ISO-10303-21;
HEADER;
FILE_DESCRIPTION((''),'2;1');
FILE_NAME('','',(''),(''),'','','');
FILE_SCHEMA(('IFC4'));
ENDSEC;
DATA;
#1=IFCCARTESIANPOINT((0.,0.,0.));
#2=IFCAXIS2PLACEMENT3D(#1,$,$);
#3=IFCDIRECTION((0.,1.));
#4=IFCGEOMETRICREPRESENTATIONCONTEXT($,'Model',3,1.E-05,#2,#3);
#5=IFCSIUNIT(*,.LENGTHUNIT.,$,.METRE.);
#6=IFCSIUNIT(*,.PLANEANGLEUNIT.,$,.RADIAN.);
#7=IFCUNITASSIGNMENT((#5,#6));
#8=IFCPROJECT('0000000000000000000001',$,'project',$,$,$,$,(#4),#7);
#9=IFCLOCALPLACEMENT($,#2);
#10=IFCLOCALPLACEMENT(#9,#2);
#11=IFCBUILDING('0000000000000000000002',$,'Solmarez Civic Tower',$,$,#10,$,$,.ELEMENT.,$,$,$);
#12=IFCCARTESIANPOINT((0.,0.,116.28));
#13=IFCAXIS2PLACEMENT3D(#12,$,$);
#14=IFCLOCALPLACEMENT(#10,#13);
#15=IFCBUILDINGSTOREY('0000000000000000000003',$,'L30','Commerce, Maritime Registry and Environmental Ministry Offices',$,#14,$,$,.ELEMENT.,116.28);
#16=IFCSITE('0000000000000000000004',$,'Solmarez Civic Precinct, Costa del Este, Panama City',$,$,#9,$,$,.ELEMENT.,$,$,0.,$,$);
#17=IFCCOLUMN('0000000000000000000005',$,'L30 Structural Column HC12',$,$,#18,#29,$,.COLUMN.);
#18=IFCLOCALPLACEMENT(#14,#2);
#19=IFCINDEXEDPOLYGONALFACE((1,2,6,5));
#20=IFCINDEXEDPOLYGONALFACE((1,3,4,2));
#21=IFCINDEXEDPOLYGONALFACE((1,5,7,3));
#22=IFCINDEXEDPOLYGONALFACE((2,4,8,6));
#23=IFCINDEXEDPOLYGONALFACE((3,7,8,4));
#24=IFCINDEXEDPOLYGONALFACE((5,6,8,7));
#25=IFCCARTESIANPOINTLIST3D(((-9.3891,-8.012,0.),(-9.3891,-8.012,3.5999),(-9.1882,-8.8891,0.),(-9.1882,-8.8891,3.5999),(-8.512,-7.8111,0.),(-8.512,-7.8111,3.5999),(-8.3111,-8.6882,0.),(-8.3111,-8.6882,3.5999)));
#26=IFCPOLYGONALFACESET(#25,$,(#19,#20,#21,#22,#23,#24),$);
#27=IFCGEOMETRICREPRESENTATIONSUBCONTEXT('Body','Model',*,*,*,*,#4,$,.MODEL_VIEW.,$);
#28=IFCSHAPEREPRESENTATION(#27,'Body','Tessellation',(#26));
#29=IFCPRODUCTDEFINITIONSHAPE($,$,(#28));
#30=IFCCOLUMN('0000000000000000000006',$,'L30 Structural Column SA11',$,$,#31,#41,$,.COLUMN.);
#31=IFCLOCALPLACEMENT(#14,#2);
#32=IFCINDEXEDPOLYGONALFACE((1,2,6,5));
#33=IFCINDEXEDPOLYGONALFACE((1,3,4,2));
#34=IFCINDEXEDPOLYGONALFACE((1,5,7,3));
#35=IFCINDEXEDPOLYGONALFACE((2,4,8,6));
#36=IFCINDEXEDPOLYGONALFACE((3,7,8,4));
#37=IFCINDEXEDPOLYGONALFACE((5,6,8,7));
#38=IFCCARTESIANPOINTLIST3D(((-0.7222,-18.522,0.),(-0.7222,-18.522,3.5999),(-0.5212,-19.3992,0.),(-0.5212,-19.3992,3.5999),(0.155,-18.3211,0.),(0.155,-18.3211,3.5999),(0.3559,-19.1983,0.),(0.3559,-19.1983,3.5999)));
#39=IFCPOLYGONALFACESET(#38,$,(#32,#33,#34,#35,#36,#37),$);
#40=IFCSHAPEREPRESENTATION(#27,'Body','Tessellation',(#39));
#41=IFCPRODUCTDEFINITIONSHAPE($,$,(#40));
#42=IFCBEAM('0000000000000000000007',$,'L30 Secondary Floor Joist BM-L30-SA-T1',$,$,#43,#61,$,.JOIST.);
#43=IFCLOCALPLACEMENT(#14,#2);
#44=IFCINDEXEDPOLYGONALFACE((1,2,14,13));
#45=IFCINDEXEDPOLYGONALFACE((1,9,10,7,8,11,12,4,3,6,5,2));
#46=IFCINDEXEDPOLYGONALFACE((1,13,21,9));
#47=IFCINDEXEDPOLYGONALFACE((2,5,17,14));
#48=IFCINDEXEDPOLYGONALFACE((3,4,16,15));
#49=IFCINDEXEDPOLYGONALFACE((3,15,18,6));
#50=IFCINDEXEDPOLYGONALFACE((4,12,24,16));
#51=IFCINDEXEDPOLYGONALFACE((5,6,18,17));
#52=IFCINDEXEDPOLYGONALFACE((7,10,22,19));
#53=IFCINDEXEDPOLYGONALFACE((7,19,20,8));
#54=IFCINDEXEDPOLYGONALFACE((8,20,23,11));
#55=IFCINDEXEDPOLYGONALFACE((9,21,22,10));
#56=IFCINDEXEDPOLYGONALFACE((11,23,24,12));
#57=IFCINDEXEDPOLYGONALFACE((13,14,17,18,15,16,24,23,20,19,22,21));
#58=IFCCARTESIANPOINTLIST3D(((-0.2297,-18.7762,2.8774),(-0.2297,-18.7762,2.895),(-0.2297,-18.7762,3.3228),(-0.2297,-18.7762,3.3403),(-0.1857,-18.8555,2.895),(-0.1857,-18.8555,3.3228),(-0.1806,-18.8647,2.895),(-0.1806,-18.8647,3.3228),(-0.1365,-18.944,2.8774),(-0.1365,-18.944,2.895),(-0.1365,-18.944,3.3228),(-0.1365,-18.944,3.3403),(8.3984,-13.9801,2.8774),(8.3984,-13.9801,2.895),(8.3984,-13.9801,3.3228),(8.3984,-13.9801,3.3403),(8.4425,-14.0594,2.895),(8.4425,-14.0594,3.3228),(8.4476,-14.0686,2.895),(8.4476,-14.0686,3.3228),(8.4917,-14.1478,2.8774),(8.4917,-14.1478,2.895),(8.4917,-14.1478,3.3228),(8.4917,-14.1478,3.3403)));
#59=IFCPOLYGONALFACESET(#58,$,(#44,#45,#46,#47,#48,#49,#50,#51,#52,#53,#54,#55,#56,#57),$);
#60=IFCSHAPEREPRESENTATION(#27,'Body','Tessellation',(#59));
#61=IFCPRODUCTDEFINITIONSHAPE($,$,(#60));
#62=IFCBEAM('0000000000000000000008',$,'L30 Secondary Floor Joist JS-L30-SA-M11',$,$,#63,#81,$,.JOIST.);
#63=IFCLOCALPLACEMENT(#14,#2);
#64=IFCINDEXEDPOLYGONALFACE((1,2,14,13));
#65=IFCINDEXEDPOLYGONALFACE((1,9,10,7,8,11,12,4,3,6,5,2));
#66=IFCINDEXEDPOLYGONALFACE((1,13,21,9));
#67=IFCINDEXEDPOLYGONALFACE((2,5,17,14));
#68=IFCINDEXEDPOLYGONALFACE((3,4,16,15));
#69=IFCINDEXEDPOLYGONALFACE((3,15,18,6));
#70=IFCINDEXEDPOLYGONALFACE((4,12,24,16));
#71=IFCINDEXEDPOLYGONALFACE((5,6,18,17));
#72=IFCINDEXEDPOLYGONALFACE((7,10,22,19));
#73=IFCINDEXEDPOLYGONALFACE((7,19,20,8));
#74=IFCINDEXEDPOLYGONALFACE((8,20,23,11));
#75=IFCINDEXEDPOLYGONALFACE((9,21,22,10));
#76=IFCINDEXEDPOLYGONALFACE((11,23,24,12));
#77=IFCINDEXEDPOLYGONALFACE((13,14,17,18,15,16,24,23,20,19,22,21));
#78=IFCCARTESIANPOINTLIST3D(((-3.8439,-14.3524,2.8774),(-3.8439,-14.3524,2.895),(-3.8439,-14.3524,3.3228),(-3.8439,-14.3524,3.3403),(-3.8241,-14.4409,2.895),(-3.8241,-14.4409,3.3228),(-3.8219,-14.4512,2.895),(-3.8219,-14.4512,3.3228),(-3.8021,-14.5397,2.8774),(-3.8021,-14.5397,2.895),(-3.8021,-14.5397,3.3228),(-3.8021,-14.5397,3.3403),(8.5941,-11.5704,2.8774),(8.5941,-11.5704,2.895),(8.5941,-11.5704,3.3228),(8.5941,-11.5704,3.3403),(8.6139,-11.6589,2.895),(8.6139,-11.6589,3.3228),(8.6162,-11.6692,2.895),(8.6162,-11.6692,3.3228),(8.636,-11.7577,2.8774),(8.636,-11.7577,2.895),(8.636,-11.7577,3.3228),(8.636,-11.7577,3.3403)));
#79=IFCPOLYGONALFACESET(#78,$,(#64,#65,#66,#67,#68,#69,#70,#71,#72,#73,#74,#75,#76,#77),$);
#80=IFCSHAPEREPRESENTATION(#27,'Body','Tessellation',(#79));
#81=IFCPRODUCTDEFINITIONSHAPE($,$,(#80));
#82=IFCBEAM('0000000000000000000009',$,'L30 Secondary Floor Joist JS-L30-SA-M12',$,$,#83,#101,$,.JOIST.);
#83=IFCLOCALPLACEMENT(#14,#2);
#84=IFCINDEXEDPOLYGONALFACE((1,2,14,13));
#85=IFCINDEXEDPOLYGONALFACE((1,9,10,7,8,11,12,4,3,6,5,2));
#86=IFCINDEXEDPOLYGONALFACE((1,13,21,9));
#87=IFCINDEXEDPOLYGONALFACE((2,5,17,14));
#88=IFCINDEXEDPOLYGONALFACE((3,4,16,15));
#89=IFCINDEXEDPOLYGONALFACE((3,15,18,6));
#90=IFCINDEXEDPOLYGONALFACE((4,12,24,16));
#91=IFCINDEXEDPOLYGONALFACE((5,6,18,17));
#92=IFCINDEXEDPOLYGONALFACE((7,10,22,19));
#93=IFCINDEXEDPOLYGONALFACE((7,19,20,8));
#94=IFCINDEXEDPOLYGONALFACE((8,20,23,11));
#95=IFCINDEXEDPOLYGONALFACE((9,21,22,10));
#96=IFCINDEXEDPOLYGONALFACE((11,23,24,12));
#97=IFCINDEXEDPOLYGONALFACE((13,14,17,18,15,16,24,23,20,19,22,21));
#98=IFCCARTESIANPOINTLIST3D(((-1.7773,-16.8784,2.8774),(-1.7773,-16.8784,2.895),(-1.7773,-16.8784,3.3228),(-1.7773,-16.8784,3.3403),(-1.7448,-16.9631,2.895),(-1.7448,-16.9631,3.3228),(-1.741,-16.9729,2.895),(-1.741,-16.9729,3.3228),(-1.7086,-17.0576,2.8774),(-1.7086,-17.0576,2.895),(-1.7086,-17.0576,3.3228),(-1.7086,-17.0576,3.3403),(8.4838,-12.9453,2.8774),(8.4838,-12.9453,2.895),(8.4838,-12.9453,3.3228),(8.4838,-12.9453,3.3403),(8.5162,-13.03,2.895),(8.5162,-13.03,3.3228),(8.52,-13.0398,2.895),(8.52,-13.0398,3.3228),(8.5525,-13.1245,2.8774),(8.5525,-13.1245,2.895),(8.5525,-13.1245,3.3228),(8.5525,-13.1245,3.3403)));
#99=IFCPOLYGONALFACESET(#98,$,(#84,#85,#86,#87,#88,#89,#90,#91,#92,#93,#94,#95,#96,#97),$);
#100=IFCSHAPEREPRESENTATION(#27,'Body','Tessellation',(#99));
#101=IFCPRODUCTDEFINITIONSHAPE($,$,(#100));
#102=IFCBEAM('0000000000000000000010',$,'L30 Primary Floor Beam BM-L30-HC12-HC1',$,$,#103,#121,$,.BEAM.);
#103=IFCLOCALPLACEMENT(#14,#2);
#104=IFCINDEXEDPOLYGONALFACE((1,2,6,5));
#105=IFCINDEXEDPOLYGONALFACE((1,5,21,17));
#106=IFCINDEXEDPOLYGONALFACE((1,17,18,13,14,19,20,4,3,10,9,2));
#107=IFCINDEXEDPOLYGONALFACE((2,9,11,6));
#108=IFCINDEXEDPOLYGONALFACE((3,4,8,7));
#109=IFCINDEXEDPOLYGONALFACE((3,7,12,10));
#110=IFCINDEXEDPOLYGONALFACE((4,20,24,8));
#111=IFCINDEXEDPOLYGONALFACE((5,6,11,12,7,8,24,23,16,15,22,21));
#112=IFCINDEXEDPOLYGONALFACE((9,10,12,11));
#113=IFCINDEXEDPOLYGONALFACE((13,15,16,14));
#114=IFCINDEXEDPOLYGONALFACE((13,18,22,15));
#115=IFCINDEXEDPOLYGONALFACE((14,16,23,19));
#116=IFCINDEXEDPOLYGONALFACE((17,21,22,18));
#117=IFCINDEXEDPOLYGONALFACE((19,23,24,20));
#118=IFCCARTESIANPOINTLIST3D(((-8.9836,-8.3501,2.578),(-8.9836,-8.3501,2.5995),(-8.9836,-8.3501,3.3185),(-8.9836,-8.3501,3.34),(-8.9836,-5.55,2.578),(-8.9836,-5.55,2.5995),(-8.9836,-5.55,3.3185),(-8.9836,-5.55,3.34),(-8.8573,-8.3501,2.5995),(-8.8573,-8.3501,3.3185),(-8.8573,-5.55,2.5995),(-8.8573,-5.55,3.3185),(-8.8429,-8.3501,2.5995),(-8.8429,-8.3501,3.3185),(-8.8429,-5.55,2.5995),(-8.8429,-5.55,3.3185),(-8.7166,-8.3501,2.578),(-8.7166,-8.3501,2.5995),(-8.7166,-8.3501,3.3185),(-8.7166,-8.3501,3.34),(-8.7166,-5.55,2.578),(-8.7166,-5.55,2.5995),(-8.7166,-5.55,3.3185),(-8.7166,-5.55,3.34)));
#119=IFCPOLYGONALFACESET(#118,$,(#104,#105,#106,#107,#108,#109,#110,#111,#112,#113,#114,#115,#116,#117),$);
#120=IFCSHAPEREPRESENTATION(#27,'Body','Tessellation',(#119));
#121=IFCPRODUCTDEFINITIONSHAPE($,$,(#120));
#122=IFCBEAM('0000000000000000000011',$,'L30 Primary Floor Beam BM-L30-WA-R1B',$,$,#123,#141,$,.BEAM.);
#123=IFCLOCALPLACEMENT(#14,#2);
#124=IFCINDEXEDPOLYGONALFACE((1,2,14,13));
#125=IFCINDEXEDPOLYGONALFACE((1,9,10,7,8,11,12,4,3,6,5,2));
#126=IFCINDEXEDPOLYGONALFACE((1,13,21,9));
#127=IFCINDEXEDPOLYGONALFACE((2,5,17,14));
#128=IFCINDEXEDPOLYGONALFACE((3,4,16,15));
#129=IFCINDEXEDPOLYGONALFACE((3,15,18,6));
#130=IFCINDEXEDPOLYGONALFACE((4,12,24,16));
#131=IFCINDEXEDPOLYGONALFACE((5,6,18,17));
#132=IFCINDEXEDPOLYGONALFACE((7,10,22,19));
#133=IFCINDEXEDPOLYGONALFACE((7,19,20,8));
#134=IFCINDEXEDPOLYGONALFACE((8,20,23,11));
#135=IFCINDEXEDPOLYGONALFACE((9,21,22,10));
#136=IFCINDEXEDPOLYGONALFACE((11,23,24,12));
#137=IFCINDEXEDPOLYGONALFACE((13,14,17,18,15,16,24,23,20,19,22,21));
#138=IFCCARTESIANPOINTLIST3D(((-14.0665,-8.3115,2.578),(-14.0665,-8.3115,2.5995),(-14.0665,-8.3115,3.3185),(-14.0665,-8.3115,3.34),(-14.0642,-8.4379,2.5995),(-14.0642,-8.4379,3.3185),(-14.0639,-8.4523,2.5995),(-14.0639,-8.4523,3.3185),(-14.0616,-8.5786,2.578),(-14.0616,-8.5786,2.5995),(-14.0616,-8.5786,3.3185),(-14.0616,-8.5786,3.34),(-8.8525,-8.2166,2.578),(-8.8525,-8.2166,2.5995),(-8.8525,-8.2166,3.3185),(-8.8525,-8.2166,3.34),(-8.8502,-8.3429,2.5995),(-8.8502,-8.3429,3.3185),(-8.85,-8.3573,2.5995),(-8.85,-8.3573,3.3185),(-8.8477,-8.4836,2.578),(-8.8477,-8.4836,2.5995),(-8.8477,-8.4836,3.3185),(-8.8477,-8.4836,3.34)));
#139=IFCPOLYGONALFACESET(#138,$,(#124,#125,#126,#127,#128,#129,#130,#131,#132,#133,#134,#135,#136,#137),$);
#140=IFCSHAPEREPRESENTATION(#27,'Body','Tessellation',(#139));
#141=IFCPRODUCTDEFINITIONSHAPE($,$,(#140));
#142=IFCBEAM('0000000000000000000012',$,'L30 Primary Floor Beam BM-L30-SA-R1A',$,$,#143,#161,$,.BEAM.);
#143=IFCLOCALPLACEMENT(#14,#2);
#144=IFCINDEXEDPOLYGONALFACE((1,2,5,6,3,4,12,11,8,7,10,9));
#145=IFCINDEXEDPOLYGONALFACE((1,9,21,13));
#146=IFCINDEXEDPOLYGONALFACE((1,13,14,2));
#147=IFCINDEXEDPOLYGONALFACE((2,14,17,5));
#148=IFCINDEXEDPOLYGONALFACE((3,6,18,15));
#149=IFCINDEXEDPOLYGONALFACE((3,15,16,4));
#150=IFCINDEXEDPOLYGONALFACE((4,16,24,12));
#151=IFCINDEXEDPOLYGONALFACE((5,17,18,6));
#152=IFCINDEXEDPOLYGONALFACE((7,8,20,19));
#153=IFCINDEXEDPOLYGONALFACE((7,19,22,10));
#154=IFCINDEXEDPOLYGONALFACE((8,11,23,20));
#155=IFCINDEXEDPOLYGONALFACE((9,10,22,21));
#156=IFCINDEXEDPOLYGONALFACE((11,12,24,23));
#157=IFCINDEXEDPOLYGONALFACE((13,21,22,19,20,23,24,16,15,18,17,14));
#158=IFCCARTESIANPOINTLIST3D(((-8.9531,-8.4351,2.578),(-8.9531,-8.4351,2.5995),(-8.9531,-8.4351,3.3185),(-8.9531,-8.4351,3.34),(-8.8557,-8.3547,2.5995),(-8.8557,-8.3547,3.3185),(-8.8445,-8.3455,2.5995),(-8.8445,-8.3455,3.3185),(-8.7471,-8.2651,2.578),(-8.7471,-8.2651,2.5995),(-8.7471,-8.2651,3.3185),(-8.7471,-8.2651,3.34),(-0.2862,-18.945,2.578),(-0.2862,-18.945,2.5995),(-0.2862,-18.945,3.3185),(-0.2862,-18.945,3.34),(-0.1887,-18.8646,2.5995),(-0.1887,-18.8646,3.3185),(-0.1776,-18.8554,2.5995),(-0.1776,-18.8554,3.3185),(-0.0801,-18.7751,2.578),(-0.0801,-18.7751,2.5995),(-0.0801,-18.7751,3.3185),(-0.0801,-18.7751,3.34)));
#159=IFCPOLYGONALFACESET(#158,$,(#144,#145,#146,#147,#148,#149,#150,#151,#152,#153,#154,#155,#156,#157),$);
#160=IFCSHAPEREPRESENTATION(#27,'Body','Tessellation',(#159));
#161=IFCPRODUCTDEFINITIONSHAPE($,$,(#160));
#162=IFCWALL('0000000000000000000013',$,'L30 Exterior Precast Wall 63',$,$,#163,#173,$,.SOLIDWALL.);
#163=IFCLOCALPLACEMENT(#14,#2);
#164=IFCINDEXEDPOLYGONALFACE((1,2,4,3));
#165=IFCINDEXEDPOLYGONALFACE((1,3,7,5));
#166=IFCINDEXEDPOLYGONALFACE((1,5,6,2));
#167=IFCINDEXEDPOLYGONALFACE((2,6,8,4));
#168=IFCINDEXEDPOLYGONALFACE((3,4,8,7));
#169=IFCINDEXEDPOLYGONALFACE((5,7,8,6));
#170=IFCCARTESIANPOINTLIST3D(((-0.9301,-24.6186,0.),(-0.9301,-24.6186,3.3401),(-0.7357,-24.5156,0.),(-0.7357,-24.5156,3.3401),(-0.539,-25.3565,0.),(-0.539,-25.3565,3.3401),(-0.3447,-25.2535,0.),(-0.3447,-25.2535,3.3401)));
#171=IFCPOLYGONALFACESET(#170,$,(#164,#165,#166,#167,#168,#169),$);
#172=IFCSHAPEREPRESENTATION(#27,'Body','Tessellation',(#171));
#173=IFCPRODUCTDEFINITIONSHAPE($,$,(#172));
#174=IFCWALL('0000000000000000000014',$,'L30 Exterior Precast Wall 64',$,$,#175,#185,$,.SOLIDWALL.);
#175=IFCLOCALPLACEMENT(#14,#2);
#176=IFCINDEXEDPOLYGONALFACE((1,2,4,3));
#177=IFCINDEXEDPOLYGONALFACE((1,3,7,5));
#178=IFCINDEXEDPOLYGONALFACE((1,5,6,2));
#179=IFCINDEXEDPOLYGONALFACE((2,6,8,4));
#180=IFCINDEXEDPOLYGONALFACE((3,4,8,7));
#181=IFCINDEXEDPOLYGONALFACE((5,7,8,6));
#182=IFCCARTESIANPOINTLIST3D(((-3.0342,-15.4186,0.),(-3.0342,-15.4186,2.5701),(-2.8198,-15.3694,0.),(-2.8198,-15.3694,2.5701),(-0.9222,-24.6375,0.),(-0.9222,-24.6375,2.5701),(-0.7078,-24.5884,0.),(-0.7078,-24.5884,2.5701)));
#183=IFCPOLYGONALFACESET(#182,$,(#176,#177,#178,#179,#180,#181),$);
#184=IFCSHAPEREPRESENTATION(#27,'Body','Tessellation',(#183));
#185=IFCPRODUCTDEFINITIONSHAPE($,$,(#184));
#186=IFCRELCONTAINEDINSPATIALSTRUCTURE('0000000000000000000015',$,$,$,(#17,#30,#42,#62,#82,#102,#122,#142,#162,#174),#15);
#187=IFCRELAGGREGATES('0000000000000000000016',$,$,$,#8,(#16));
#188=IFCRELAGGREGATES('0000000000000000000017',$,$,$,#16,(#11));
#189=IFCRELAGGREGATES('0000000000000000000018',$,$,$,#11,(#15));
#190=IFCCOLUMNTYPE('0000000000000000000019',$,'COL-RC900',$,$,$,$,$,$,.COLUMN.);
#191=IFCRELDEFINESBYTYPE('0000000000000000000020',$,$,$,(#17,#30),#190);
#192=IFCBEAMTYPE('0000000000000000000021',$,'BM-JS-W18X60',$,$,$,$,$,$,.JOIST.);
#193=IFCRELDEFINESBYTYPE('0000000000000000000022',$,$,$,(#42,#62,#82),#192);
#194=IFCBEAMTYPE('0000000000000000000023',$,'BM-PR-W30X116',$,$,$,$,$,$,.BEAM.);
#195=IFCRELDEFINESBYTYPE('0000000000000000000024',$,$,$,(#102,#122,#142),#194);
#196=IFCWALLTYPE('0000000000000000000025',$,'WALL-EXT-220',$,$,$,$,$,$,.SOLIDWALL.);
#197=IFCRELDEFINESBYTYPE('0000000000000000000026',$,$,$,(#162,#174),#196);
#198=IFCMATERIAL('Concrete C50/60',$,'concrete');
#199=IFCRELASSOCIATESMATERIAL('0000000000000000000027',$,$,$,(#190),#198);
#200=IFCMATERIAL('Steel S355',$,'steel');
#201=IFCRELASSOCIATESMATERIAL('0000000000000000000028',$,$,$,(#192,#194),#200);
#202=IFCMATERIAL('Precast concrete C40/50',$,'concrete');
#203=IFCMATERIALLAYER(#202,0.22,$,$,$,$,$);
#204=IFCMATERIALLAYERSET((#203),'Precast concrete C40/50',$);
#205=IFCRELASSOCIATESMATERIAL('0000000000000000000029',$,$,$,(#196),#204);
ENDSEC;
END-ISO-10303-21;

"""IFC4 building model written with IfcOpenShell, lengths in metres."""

from ifc_helpers import new_model, si_unit, direction, frame, frame_2d, origin, origin_2d, place, context, subcontext, project, spatial, rectangle, i_section, extrude, material, layer, layer_set, material_profile, profile_set, type_object, element, save


model = new_model("IFC4")

# Units and contexts
model_context = context("Model", 3, precision=1e-05, world=origin(), true_north=direction((0.0, 1.0)))
body_context = subcontext(model_context, "Body", "Model", "MODEL_VIEW")
ifc_project = project(units=[si_unit("LENGTHUNIT", "METRE"), si_unit("PLANEANGLEUNIT", "RADIAN")], contexts=[model_context])

# Site, building, storey
site_placement = place(None, origin())
site = spatial("IfcSite", under=ifc_project, at=site_placement, Name="Solmarez Civic Precinct, Costa del Este, Panama City", CompositionType="ELEMENT", RefElevation=0.0)
building_placement = place(site_placement, origin())
building = spatial("IfcBuilding", under=site, at=building_placement, Name="Solmarez Civic Tower", CompositionType="ELEMENT")
storey_placement = place(building_placement, frame((0.0, 0.0, 116.28)))
storey = spatial("IfcBuildingStorey", under=building, at=storey_placement, Name="L30", Description="Commerce, Maritime Registry and Environmental Ministry Offices", CompositionType="ELEMENT", Elevation=116.28)

# Columns
ifc_material_1 = material(Name="Concrete C50/60", Category="concrete")
ifc_material_profile_1 = material_profile(ifc_material_1, rectangle(XDim=0.8999, YDim=0.8999, at=origin_2d()), Name="RC900X900")
ifc_profile_set_1 = profile_set([ifc_material_profile_1], Name="Concrete C50/60")
column_type = type_object("IfcColumnType", Name="COL-RC900", PredefinedType="COLUMN", material=ifc_profile_set_1)
for number, where, z_axis, x_axis, name in (
    (1, (-8.8501, -8.3501, 0.0), (0.0, 0.0, 1.0), (0.974761, 0.22325, 0.0), "L30 Structural Column HC12"),
    (2, (-0.1831, -18.8601, 0.0), (0.0, 0.0, 1.0), (0.974761, 0.22325, 0.0), "L30 Structural Column SA11"),
):
    element("IfcColumn", number, at=place(storey_placement, frame(where, z_axis=z_axis, x_axis=x_axis)), inside=storey, type_object=column_type, Name=name, PredefinedType="COLUMN", context=body_context, shape_type="SweptSolid", body=[
        extrude(rectangle(XDim=0.8999, YDim=0.8999, at=origin_2d()), origin(), (0.0, 0.0, 1.0), 3.5999),
    ])

# Beams
ifc_material_2 = material(Name="Steel S355", Category="steel")
ifc_material_profile_2 = material_profile(ifc_material_2, i_section(OverallWidth=0.1919, OverallDepth=0.4629, WebThickness=0.0105, FlangeThickness=0.0176, at=origin_2d()), Name="W18X60")
ifc_profile_set_2 = profile_set([ifc_material_profile_2], Name="Steel S355")
beam_type_1 = type_object("IfcBeamType", Name="BM-JS-W18X60", PredefinedType="JOIST", material=ifc_profile_set_2)
beam_1_placement = place(storey_placement, frame((-0.1831, -18.8601, 3.1089), z_axis=(0.874041, 0.485853, 0.0), x_axis=(-0.485853, 0.874041, 0.0)))
element("IfcBeam", 3, at=beam_1_placement, inside=storey, type_object=beam_type_1, Name="L30 Secondary Floor Joist BM-L30-SA-T1", PredefinedType="JOIST", context=body_context, shape_type="SweptSolid", body=[
    extrude(i_section(OverallWidth=0.1919, OverallDepth=0.4629, WebThickness=0.0105, FlangeThickness=0.0176, at=origin_2d()), origin(), (0.0, 0.0, 1.0), 9.8716),
])
beam_2_placement = place(storey_placement, frame((-3.823, -14.446, 3.1089), z_axis=(0.975887, 0.218275, 0.0), x_axis=(-0.218275, 0.975887, 0.0)))
element("IfcBeam", 4, at=beam_2_placement, inside=storey, type_object=beam_type_1, Name="L30 Secondary Floor Joist JS-L30-SA-M11", PredefinedType="JOIST", context=body_context, shape_type="SweptSolid", body=[
    extrude(i_section(OverallWidth=0.1919, OverallDepth=0.4629, WebThickness=0.0105, FlangeThickness=0.0176, at=origin_2d()), origin(), (0.0, 0.0, 1.0), 12.7454),
])
beam_3_placement = place(storey_placement, frame((-1.7429, -16.968, 3.1089), z_axis=(0.933754, 0.357914, 0.0), x_axis=(-0.357914, 0.933754, 0.0)))
element("IfcBeam", 5, at=beam_3_placement, inside=storey, type_object=beam_type_1, Name="L30 Secondary Floor Joist JS-L30-SA-M12", PredefinedType="JOIST", context=body_context, shape_type="SweptSolid", body=[
    extrude(i_section(OverallWidth=0.1919, OverallDepth=0.4629, WebThickness=0.0105, FlangeThickness=0.0176, at=origin_2d()), origin(), (0.0, 0.0, 1.0), 10.989),
])
ifc_material_profile_3 = material_profile(ifc_material_2, i_section(OverallWidth=0.2671, OverallDepth=0.762, WebThickness=0.0144, FlangeThickness=0.0215, at=origin_2d()), Name="W30X116")
ifc_profile_set_3 = profile_set([ifc_material_profile_3], Name="Steel S355")
beam_type_2 = type_object("IfcBeamType", Name="BM-PR-W30X116", PredefinedType="BEAM", material=ifc_profile_set_3)
beam_4_placement = place(storey_placement, frame((-8.8501, -8.3501, 2.959), z_axis=(0.0, 1.0, 0.0), x_axis=(-1.0, 0.0, 0.0)))
element("IfcBeam", 6, at=beam_4_placement, inside=storey, type_object=beam_type_2, Name="L30 Primary Floor Beam BM-L30-HC12-HC1", PredefinedType="BEAM", context=body_context, shape_type="SweptSolid", body=[
    extrude(i_section(OverallWidth=0.2671, OverallDepth=0.762, WebThickness=0.0144, FlangeThickness=0.0215, at=origin_2d()), origin(), (0.0, 0.0, 1.0), 2.8),
])
beam_5_placement = place(storey_placement, frame((-8.8501, -8.3501, 2.959), z_axis=(-0.999834, -0.018212, 0.0), x_axis=(0.018212, -0.999834, 0.0)))
element("IfcBeam", 7, at=beam_5_placement, inside=storey, type_object=beam_type_2, Name="L30 Primary Floor Beam BM-L30-WA-R1B", PredefinedType="BEAM", context=body_context, shape_type="SweptSolid", body=[
    extrude(i_section(OverallWidth=0.2671, OverallDepth=0.762, WebThickness=0.0144, FlangeThickness=0.0215, at=origin_2d()), origin(), (0.0, 0.0, 1.0), 5.2148),
])
beam_6_placement = place(storey_placement, frame((-8.8501, -8.3501, 2.959), z_axis=(0.636218, -0.771509, 0.0), x_axis=(0.771509, 0.636218, 0.0)))
element("IfcBeam", 8, at=beam_6_placement, inside=storey, type_object=beam_type_2, Name="L30 Primary Floor Beam BM-L30-SA-R1A", PredefinedType="BEAM", context=body_context, shape_type="SweptSolid", body=[
    extrude(i_section(OverallWidth=0.2671, OverallDepth=0.762, WebThickness=0.0144, FlangeThickness=0.0215, at=origin_2d()), origin(), (0.0, 0.0, 1.0), 13.6226),
])

# Walls
ifc_material_3 = material(Name="Precast concrete C40/50", Category="concrete")
ifc_layer_1 = layer(ifc_material_3, 0.22)
ifc_layer_set_1 = layer_set([ifc_layer_1], Name="Precast concrete C40/50")
wall_type_1 = type_object("IfcWallType", Name="WALL-EXT-220", PredefinedType="SOLIDWALL", material=ifc_layer_set_1)
wall_1_placement = place(storey_placement, frame((-0.4419, -25.3049, 0.0), z_axis=(0.0, 0.0, 1.0), x_axis=(-0.46825, 0.883596, 0.0)))
element("IfcWall", 9, at=wall_1_placement, inside=storey, type_object=wall_type_1, Name="L30 Exterior Precast Wall 63", PredefinedType="SOLIDWALL", context=body_context, shape_type="SweptSolid", body=[
    extrude(rectangle(XDim=0.8352, YDim=0.22, at=frame_2d((0.4175, 0.0))), origin(), (0.0, 0.0, 1.0), 3.3401),
])
wall_2_placement = place(storey_placement, frame((-0.8149, -24.613, 0.0), z_axis=(0.0, 0.0, 1.0), x_axis=(-0.223313, 0.974747, 0.0)))
element("IfcWall", 10, at=wall_2_placement, inside=storey, type_object=wall_type_1, Name="L30 Exterior Precast Wall 64", PredefinedType="SOLIDWALL", context=body_context, shape_type="SweptSolid", body=[
    extrude(rectangle(XDim=9.4578, YDim=0.22, at=frame_2d((4.729, 0.0))), origin(), (0.0, 0.0, 1.0), 2.5701),
])

save(model, "model.ifc")
